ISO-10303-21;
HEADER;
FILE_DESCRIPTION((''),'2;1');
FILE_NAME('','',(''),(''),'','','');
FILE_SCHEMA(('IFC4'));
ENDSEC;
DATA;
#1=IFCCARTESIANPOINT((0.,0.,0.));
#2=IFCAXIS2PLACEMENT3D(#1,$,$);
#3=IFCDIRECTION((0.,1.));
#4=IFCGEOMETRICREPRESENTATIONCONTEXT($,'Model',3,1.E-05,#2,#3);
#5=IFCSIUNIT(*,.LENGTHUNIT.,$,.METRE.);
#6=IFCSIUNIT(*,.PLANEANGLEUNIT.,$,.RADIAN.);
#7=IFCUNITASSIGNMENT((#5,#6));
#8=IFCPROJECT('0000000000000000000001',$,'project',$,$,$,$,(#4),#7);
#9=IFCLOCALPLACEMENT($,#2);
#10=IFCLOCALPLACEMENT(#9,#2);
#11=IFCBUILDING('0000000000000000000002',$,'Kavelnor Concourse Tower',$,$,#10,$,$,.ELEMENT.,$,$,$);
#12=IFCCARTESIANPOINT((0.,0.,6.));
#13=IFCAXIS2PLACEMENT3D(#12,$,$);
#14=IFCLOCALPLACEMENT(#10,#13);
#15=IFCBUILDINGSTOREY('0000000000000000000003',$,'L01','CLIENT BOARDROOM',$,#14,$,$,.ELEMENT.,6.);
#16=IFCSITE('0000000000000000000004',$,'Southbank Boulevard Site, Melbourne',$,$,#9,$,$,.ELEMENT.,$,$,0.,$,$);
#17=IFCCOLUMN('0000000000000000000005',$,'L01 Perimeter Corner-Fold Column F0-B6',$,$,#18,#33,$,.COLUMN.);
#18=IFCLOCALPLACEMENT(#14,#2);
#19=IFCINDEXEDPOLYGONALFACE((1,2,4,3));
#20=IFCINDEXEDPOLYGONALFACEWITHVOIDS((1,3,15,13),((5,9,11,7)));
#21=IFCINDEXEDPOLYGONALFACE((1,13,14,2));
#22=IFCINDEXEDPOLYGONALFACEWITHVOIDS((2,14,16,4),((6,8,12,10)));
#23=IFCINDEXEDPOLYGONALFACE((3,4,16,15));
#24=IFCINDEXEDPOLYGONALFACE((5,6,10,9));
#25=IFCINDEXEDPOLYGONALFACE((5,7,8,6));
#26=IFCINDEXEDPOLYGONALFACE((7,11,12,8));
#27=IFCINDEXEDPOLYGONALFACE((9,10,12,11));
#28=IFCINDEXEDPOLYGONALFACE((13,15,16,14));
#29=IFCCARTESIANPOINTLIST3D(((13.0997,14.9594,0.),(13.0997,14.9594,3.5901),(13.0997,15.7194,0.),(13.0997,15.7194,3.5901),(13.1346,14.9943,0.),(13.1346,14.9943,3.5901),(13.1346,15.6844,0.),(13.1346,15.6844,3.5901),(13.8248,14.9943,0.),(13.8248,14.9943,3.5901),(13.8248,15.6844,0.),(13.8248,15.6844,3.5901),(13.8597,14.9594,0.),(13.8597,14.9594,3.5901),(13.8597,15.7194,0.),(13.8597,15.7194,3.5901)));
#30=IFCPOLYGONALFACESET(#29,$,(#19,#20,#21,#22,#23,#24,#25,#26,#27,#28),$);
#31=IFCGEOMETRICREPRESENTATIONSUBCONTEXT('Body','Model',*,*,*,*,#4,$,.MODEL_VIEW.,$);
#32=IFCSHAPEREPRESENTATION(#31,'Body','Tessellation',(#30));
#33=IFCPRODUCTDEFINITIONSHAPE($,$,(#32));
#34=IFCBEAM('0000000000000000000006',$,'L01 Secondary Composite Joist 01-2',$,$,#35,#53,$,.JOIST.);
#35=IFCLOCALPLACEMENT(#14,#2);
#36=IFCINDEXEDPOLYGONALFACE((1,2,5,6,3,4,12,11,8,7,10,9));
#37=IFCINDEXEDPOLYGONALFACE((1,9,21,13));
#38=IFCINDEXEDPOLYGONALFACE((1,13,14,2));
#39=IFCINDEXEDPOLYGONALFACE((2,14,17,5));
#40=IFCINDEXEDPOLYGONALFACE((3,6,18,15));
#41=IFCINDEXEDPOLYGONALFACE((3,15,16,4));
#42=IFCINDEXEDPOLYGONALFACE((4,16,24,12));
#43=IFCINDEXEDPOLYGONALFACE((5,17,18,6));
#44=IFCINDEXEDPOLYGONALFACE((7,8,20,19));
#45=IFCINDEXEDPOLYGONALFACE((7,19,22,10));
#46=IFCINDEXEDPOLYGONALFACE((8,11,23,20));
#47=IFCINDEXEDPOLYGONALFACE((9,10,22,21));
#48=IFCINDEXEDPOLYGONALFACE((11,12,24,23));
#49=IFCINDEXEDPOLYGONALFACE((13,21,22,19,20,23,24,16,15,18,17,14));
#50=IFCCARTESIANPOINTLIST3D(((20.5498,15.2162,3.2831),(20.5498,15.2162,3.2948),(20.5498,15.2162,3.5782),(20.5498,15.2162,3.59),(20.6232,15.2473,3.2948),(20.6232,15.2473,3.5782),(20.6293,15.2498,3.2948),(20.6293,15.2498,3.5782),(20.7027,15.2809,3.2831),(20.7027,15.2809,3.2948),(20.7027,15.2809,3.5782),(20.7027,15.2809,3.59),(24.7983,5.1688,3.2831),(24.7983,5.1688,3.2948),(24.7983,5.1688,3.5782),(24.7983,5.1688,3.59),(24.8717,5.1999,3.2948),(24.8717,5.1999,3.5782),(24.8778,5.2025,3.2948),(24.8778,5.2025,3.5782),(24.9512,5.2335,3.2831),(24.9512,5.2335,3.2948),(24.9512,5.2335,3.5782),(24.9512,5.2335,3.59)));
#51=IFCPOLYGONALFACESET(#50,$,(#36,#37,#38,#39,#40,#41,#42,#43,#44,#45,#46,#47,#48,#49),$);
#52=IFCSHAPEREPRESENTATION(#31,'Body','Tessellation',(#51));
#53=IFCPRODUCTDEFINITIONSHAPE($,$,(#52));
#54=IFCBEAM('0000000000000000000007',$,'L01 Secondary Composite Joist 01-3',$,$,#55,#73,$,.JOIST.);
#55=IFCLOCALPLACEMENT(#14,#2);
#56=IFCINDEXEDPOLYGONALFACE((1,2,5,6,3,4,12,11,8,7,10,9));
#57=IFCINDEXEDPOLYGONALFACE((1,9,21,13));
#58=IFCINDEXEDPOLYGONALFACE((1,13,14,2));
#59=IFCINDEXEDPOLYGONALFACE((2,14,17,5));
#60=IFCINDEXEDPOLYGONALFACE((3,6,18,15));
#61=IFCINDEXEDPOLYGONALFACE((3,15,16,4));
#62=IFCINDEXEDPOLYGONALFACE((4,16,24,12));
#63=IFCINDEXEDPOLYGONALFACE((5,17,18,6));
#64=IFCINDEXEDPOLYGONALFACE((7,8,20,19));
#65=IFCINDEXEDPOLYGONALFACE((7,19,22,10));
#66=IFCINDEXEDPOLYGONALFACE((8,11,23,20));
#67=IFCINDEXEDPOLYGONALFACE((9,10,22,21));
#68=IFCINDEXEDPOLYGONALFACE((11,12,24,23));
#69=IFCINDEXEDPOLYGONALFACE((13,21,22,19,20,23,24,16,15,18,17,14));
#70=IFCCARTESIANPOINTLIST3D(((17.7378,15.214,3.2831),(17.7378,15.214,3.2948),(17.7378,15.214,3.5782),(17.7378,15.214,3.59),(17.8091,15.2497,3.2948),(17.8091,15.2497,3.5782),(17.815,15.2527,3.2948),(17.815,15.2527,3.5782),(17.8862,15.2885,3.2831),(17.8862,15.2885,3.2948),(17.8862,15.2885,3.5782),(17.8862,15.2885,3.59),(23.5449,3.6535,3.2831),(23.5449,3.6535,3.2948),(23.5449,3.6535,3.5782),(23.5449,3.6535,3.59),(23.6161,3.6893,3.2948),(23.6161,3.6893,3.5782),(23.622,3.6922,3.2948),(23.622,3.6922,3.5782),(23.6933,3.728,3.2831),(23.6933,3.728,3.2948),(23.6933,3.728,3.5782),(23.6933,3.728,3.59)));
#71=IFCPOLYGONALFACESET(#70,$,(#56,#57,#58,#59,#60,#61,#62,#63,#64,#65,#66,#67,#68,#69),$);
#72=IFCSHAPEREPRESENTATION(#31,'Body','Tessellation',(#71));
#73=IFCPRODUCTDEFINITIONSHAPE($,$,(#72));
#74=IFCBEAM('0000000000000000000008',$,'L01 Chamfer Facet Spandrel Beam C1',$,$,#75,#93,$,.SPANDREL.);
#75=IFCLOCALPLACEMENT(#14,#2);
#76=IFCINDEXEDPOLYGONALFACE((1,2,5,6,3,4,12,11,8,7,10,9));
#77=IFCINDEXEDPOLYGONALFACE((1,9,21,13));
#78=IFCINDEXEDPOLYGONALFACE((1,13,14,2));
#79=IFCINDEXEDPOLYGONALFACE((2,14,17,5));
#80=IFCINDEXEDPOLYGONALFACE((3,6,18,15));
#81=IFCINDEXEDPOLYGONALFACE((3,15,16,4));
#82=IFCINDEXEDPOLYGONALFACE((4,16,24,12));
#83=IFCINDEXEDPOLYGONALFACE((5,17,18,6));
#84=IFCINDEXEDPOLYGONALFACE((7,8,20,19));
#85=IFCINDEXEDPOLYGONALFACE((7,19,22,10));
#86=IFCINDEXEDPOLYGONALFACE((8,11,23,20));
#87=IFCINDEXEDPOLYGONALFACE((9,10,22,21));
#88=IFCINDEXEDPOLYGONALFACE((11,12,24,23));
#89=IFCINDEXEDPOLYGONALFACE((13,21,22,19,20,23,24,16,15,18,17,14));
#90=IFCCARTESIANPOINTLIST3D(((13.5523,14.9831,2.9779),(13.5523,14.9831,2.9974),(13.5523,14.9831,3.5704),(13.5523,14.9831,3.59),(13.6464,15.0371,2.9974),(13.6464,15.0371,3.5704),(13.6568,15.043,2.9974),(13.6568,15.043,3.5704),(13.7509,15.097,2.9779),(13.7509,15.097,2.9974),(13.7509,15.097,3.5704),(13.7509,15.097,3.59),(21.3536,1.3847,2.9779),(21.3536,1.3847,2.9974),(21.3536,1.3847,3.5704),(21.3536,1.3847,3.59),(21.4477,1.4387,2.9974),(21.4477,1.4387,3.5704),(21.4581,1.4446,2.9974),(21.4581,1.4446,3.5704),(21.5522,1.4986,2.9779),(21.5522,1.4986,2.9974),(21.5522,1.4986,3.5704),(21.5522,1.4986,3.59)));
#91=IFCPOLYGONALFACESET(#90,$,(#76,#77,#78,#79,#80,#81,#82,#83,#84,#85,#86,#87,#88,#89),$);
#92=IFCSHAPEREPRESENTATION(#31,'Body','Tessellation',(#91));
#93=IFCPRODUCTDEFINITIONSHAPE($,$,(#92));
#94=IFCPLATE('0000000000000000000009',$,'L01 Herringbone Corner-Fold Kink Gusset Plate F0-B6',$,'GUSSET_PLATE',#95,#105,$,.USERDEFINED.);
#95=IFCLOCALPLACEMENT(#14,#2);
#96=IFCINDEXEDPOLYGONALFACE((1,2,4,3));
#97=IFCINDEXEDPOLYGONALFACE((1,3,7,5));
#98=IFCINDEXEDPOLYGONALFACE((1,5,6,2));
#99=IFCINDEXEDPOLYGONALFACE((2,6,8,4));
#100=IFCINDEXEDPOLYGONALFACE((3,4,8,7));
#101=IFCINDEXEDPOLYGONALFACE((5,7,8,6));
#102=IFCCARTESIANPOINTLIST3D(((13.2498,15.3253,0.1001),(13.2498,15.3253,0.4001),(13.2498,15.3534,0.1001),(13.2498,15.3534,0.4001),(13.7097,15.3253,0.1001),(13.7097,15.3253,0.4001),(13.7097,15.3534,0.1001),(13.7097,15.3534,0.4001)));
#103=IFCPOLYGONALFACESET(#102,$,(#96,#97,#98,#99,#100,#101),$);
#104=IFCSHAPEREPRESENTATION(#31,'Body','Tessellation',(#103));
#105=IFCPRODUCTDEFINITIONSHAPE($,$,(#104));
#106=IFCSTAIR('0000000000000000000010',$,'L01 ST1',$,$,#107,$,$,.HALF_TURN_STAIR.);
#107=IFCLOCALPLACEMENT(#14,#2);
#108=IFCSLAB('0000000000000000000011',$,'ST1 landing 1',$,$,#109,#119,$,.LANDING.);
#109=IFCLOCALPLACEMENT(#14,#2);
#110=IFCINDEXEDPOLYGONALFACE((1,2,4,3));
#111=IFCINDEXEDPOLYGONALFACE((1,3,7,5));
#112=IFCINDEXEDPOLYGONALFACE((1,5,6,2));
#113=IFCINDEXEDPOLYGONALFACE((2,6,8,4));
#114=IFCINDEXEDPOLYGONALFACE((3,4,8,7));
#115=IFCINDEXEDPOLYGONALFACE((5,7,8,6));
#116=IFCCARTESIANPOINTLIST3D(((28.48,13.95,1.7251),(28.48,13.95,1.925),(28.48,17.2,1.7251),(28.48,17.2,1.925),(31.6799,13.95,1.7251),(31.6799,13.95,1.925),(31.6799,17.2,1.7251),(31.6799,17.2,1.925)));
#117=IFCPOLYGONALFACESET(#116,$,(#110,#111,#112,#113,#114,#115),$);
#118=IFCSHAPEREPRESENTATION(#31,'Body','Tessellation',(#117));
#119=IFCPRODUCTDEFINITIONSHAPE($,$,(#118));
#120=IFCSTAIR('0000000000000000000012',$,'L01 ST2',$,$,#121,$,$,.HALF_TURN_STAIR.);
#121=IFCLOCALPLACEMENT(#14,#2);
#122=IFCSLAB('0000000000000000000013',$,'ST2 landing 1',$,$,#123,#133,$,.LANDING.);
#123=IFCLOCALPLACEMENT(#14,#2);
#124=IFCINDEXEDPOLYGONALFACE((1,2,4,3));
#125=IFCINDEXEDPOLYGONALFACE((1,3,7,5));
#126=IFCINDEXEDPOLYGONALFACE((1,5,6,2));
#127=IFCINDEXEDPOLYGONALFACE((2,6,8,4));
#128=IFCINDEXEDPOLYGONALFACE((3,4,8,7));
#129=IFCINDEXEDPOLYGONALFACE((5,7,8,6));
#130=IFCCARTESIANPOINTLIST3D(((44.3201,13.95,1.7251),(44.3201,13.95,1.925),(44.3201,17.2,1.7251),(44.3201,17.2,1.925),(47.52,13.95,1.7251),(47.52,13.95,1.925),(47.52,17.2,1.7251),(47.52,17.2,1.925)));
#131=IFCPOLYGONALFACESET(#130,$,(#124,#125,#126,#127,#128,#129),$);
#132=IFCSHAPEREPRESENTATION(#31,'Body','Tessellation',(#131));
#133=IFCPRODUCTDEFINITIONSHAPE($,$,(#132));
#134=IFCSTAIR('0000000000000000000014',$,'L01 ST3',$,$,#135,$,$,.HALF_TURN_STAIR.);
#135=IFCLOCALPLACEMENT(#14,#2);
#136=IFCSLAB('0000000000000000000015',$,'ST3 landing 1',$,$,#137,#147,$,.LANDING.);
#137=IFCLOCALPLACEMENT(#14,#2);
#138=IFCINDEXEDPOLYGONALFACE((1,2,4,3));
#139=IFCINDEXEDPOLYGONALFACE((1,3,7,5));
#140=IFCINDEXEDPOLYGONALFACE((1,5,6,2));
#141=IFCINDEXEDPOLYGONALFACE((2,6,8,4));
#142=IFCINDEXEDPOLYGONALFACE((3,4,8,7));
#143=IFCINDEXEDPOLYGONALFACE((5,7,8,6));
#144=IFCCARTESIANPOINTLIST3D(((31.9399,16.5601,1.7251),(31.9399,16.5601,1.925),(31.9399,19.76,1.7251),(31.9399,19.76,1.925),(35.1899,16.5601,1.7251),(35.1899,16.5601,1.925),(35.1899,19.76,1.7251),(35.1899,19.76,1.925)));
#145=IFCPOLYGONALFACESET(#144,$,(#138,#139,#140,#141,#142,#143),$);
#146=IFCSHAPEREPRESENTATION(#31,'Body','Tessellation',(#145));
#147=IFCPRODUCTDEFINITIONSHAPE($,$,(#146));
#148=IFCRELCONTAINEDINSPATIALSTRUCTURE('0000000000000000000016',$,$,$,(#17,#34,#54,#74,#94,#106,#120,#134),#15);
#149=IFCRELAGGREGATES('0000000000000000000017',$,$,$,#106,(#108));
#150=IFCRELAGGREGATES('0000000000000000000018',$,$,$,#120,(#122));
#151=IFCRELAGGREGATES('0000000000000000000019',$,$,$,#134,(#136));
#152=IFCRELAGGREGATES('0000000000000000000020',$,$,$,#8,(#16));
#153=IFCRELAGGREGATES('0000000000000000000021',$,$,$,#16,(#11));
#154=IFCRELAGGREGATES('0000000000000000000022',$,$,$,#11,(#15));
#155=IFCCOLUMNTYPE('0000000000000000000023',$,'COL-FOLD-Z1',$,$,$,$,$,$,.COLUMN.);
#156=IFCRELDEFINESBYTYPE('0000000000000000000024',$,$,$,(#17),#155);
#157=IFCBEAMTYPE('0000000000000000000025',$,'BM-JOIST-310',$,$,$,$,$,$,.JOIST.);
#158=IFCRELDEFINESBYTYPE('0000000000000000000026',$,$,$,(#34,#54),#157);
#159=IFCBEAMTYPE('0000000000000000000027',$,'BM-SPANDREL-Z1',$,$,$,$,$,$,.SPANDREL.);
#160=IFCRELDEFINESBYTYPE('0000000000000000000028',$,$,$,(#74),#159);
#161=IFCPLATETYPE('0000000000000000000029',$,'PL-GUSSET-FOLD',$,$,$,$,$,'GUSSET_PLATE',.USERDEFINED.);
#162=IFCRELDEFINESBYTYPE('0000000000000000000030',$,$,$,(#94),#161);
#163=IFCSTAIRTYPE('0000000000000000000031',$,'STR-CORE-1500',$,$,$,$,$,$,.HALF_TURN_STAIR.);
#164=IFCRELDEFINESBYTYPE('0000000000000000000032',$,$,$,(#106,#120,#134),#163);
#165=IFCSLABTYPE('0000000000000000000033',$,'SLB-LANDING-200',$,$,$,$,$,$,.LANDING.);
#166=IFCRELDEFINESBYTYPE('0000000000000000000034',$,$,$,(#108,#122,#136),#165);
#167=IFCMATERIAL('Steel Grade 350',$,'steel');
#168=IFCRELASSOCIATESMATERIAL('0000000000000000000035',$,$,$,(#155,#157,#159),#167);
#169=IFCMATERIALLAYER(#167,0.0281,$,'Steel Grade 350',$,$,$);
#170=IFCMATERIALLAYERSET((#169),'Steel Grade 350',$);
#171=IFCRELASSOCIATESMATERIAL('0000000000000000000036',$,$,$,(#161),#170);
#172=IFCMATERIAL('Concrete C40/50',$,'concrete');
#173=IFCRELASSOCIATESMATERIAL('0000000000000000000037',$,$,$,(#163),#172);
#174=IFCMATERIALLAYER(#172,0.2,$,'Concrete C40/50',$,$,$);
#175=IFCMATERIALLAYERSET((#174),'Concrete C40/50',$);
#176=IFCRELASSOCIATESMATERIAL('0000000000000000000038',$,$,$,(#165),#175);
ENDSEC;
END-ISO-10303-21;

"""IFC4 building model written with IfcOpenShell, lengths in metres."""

from ifc_helpers import new_model, si_unit, direction, frame, origin, origin_2d, place, context, subcontext, project, spatial, polyline, rectangle, hollow_rectangle, i_section, outline, extrude, material, layer, layer_set, material_profile, profile_set, type_object, element, aggregate, save


model = new_model("IFC4")

# Units and contexts
model_context = context("Model", 3, precision=1e-05, world=origin(), true_north=direction((0.0, 1.0)))
body_context = subcontext(model_context, "Body", "Model", "MODEL_VIEW")
ifc_project = project(units=[si_unit("LENGTHUNIT", "METRE"), si_unit("PLANEANGLEUNIT", "RADIAN")], contexts=[model_context])

# Site, building, storey
site_placement = place(None, origin())
site = spatial("IfcSite", under=ifc_project, at=site_placement, Name="Southbank Boulevard Site, Melbourne", CompositionType="ELEMENT", RefElevation=0.0)
building_placement = place(site_placement, origin())
building = spatial("IfcBuilding", under=site, at=building_placement, Name="Kavelnor Concourse Tower", CompositionType="ELEMENT")
storey_placement = place(building_placement, frame((0.0, 0.0, 6.0)))
storey = spatial("IfcBuildingStorey", under=building, at=storey_placement, Name="L01", Description="CLIENT BOARDROOM", CompositionType="ELEMENT", Elevation=6.0)

# Column
ifc_material_1 = material(Name="Steel Grade 350", Category="steel")
ifc_material_profile_1 = material_profile(ifc_material_1, hollow_rectangle(XDim=0.76, YDim=0.76, WallThickness=0.0349, at=origin_2d()), Name="SHS 760x760x35")
ifc_profile_set_1 = profile_set([ifc_material_profile_1], Name="Steel Grade 350")
column_type = type_object("IfcColumnType", Name="COL-FOLD-Z1", PredefinedType="COLUMN", material=ifc_profile_set_1)
column_placement = place(storey_placement, frame((13.4797, 15.3394, 0.0), z_axis=(0.0, 0.0, 1.0), x_axis=(1.0, 0.0, 0.0)))
element("IfcColumn", 1, at=column_placement, inside=storey, type_object=column_type, Name="L01 Perimeter Corner-Fold Column F0-B6", PredefinedType="COLUMN", context=body_context, shape_type="SweptSolid", body=[
    extrude(hollow_rectangle(XDim=0.76, YDim=0.76, WallThickness=0.0349, at=origin_2d()), origin(), (0.0, 0.0, 1.0), 3.5901),
])

# Beams
ifc_material_profile_2 = material_profile(ifc_material_1, i_section(OverallWidth=0.166, OverallDepth=0.3069, WebThickness=0.0066, FlangeThickness=0.0117, at=origin_2d()), Name="310UB46")
ifc_profile_set_2 = profile_set([ifc_material_profile_2], Name="Steel Grade 350")
beam_type_1 = type_object("IfcBeamType", Name="BM-JOIST-310", PredefinedType="JOIST", material=ifc_profile_set_2)
beam_1_placement = place(storey_placement, frame((20.6262, 15.2485, 3.4365), z_axis=(0.389463, -0.921042, 0.0), x_axis=(0.921042, 0.389463, 0.0)))
element("IfcBeam", 2, at=beam_1_placement, inside=storey, type_object=beam_type_1, Name="L01 Secondary Composite Joist 01-2", PredefinedType="JOIST", context=body_context, shape_type="SweptSolid", body=[
    extrude(i_section(OverallWidth=0.166, OverallDepth=0.3069, WebThickness=0.0066, FlangeThickness=0.0117, at=origin_2d()), origin(), (0.0, 0.0, 1.0), 10.9087),
])
beam_2_placement = place(storey_placement, frame((17.812, 15.2512, 3.4365), z_axis=(0.448874, -0.893595, 0.0), x_axis=(0.893595, 0.448874, 0.0)))
element("IfcBeam", 3, at=beam_2_placement, inside=storey, type_object=beam_type_1, Name="L01 Secondary Composite Joist 01-3", PredefinedType="JOIST", context=body_context, shape_type="SweptSolid", body=[
    extrude(i_section(OverallWidth=0.166, OverallDepth=0.3069, WebThickness=0.0066, FlangeThickness=0.0117, at=origin_2d()), origin(), (0.0, 0.0, 1.0), 12.937),
])
ifc_material_profile_3 = material_profile(ifc_material_1, i_section(OverallWidth=0.229, OverallDepth=0.6121, WebThickness=0.012, FlangeThickness=0.0195, at=origin_2d()), Name="610UB125")
ifc_profile_set_3 = profile_set([ifc_material_profile_3], Name="Steel Grade 350")
beam_type_2 = type_object("IfcBeamType", Name="BM-SPANDREL-Z1", PredefinedType="SPANDREL", material=ifc_profile_set_3)
beam_3_placement = place(storey_placement, frame((13.6516, 15.04, 3.2839), z_axis=(0.497617, -0.867397, 0.0), x_axis=(0.867397, 0.497617, 0.0)))
element("IfcBeam", 4, at=beam_3_placement, inside=storey, type_object=beam_type_2, Name="L01 Chamfer Facet Spandrel Beam C1", PredefinedType="SPANDREL", context=body_context, shape_type="SweptSolid", body=[
    extrude(i_section(OverallWidth=0.229, OverallDepth=0.6121, WebThickness=0.012, FlangeThickness=0.0195, at=origin_2d()), origin(), (0.0, 0.0, 1.0), 15.6772),
])

# Plate
ifc_layer_1 = layer(ifc_material_1, 0.0281, Name="Steel Grade 350")
ifc_layer_set_1 = layer_set([ifc_layer_1], Name="Steel Grade 350")
plate_type = type_object("IfcPlateType", Name="PL-GUSSET-FOLD", ElementType="GUSSET_PLATE", PredefinedType="USERDEFINED", material=ifc_layer_set_1)
plate_placement = place(storey_placement, frame((13.4797, 15.3394, 0.1001), z_axis=(0.0, 0.0, 1.0), x_axis=(1.0, 0.0, 0.0)))
element("IfcPlate", 5, at=plate_placement, inside=storey, type_object=plate_type, Name="L01 Herringbone Corner-Fold Kink Gusset Plate F0-B6", ObjectType="GUSSET_PLATE", PredefinedType="USERDEFINED", context=body_context, shape_type="SweptSolid", body=[
    extrude(rectangle(XDim=0.46, YDim=0.0281, at=origin_2d()), origin(), (0.0, 0.0, 1.0), 0.3),
])

# Stairs, slabs
ifc_material_2 = material(Name="Concrete C40/50", Category="concrete")
stair_type = type_object("IfcStairType", Name="STR-CORE-1500", PredefinedType="HALF_TURN_STAIR", material=ifc_material_2)
stair_1_placement = place(storey_placement, origin())
stair_1 = element("IfcStair", 6, at=stair_1_placement, inside=storey, type_object=stair_type, Name="L01 ST1", PredefinedType="HALF_TURN_STAIR")
ifc_layer_2 = layer(ifc_material_2, 0.2, Name="Concrete C40/50")
ifc_layer_set_2 = layer_set([ifc_layer_2], Name="Concrete C40/50")
slab_type_1 = type_object("IfcSlabType", Name="SLB-LANDING-200", PredefinedType="LANDING", material=ifc_layer_set_2)
slab_1_placement = place(storey_placement, frame((0.0, 0.0, 1.7251)))
slab_1 = element("IfcSlab", 7, at=slab_1_placement, type_object=slab_type_1, Name="ST1 landing 1", PredefinedType="LANDING", context=body_context, shape_type="SweptSolid", body=[
    extrude(outline(polyline([(31.6799, 13.95), (31.6799, 17.2), (28.48, 17.2), (28.48, 13.95), (31.6799, 13.95)])), origin(), (0.0, 0.0, 1.0), 0.2),
])
aggregate(stair_1, [slab_1])
stair_2_placement = place(storey_placement, origin())
stair_2 = element("IfcStair", 8, at=stair_2_placement, inside=storey, type_object=stair_type, Name="L01 ST2", PredefinedType="HALF_TURN_STAIR")
slab_2_placement = place(storey_placement, frame((0.0, 0.0, 1.7251)))
slab_2 = element("IfcSlab", 9, at=slab_2_placement, type_object=slab_type_1, Name="ST2 landing 1", PredefinedType="LANDING", context=body_context, shape_type="SweptSolid", body=[
    extrude(outline(polyline([(47.52, 13.95), (47.52, 17.2), (44.3201, 17.2), (44.3201, 13.95), (47.52, 13.95)])), origin(), (0.0, 0.0, 1.0), 0.2),
])
aggregate(stair_2, [slab_2])
stair_3_placement = place(storey_placement, origin())
stair_3 = element("IfcStair", 10, at=stair_3_placement, inside=storey, type_object=stair_type, Name="L01 ST3", PredefinedType="HALF_TURN_STAIR")
slab_3_placement = place(storey_placement, frame((0.0, 0.0, 1.7251)))
slab_3 = element("IfcSlab", 11, at=slab_3_placement, type_object=slab_type_1, Name="ST3 landing 1", PredefinedType="LANDING", context=body_context, shape_type="SweptSolid", body=[
    extrude(outline(polyline([(35.1899, 19.76), (31.9399, 19.76), (31.9399, 16.5601), (35.1899, 16.5601), (35.1899, 19.76)])), origin(), (0.0, 0.0, 1.0), 0.2),
])
aggregate(stair_3, [slab_3])

save(model, "model.ifc")
